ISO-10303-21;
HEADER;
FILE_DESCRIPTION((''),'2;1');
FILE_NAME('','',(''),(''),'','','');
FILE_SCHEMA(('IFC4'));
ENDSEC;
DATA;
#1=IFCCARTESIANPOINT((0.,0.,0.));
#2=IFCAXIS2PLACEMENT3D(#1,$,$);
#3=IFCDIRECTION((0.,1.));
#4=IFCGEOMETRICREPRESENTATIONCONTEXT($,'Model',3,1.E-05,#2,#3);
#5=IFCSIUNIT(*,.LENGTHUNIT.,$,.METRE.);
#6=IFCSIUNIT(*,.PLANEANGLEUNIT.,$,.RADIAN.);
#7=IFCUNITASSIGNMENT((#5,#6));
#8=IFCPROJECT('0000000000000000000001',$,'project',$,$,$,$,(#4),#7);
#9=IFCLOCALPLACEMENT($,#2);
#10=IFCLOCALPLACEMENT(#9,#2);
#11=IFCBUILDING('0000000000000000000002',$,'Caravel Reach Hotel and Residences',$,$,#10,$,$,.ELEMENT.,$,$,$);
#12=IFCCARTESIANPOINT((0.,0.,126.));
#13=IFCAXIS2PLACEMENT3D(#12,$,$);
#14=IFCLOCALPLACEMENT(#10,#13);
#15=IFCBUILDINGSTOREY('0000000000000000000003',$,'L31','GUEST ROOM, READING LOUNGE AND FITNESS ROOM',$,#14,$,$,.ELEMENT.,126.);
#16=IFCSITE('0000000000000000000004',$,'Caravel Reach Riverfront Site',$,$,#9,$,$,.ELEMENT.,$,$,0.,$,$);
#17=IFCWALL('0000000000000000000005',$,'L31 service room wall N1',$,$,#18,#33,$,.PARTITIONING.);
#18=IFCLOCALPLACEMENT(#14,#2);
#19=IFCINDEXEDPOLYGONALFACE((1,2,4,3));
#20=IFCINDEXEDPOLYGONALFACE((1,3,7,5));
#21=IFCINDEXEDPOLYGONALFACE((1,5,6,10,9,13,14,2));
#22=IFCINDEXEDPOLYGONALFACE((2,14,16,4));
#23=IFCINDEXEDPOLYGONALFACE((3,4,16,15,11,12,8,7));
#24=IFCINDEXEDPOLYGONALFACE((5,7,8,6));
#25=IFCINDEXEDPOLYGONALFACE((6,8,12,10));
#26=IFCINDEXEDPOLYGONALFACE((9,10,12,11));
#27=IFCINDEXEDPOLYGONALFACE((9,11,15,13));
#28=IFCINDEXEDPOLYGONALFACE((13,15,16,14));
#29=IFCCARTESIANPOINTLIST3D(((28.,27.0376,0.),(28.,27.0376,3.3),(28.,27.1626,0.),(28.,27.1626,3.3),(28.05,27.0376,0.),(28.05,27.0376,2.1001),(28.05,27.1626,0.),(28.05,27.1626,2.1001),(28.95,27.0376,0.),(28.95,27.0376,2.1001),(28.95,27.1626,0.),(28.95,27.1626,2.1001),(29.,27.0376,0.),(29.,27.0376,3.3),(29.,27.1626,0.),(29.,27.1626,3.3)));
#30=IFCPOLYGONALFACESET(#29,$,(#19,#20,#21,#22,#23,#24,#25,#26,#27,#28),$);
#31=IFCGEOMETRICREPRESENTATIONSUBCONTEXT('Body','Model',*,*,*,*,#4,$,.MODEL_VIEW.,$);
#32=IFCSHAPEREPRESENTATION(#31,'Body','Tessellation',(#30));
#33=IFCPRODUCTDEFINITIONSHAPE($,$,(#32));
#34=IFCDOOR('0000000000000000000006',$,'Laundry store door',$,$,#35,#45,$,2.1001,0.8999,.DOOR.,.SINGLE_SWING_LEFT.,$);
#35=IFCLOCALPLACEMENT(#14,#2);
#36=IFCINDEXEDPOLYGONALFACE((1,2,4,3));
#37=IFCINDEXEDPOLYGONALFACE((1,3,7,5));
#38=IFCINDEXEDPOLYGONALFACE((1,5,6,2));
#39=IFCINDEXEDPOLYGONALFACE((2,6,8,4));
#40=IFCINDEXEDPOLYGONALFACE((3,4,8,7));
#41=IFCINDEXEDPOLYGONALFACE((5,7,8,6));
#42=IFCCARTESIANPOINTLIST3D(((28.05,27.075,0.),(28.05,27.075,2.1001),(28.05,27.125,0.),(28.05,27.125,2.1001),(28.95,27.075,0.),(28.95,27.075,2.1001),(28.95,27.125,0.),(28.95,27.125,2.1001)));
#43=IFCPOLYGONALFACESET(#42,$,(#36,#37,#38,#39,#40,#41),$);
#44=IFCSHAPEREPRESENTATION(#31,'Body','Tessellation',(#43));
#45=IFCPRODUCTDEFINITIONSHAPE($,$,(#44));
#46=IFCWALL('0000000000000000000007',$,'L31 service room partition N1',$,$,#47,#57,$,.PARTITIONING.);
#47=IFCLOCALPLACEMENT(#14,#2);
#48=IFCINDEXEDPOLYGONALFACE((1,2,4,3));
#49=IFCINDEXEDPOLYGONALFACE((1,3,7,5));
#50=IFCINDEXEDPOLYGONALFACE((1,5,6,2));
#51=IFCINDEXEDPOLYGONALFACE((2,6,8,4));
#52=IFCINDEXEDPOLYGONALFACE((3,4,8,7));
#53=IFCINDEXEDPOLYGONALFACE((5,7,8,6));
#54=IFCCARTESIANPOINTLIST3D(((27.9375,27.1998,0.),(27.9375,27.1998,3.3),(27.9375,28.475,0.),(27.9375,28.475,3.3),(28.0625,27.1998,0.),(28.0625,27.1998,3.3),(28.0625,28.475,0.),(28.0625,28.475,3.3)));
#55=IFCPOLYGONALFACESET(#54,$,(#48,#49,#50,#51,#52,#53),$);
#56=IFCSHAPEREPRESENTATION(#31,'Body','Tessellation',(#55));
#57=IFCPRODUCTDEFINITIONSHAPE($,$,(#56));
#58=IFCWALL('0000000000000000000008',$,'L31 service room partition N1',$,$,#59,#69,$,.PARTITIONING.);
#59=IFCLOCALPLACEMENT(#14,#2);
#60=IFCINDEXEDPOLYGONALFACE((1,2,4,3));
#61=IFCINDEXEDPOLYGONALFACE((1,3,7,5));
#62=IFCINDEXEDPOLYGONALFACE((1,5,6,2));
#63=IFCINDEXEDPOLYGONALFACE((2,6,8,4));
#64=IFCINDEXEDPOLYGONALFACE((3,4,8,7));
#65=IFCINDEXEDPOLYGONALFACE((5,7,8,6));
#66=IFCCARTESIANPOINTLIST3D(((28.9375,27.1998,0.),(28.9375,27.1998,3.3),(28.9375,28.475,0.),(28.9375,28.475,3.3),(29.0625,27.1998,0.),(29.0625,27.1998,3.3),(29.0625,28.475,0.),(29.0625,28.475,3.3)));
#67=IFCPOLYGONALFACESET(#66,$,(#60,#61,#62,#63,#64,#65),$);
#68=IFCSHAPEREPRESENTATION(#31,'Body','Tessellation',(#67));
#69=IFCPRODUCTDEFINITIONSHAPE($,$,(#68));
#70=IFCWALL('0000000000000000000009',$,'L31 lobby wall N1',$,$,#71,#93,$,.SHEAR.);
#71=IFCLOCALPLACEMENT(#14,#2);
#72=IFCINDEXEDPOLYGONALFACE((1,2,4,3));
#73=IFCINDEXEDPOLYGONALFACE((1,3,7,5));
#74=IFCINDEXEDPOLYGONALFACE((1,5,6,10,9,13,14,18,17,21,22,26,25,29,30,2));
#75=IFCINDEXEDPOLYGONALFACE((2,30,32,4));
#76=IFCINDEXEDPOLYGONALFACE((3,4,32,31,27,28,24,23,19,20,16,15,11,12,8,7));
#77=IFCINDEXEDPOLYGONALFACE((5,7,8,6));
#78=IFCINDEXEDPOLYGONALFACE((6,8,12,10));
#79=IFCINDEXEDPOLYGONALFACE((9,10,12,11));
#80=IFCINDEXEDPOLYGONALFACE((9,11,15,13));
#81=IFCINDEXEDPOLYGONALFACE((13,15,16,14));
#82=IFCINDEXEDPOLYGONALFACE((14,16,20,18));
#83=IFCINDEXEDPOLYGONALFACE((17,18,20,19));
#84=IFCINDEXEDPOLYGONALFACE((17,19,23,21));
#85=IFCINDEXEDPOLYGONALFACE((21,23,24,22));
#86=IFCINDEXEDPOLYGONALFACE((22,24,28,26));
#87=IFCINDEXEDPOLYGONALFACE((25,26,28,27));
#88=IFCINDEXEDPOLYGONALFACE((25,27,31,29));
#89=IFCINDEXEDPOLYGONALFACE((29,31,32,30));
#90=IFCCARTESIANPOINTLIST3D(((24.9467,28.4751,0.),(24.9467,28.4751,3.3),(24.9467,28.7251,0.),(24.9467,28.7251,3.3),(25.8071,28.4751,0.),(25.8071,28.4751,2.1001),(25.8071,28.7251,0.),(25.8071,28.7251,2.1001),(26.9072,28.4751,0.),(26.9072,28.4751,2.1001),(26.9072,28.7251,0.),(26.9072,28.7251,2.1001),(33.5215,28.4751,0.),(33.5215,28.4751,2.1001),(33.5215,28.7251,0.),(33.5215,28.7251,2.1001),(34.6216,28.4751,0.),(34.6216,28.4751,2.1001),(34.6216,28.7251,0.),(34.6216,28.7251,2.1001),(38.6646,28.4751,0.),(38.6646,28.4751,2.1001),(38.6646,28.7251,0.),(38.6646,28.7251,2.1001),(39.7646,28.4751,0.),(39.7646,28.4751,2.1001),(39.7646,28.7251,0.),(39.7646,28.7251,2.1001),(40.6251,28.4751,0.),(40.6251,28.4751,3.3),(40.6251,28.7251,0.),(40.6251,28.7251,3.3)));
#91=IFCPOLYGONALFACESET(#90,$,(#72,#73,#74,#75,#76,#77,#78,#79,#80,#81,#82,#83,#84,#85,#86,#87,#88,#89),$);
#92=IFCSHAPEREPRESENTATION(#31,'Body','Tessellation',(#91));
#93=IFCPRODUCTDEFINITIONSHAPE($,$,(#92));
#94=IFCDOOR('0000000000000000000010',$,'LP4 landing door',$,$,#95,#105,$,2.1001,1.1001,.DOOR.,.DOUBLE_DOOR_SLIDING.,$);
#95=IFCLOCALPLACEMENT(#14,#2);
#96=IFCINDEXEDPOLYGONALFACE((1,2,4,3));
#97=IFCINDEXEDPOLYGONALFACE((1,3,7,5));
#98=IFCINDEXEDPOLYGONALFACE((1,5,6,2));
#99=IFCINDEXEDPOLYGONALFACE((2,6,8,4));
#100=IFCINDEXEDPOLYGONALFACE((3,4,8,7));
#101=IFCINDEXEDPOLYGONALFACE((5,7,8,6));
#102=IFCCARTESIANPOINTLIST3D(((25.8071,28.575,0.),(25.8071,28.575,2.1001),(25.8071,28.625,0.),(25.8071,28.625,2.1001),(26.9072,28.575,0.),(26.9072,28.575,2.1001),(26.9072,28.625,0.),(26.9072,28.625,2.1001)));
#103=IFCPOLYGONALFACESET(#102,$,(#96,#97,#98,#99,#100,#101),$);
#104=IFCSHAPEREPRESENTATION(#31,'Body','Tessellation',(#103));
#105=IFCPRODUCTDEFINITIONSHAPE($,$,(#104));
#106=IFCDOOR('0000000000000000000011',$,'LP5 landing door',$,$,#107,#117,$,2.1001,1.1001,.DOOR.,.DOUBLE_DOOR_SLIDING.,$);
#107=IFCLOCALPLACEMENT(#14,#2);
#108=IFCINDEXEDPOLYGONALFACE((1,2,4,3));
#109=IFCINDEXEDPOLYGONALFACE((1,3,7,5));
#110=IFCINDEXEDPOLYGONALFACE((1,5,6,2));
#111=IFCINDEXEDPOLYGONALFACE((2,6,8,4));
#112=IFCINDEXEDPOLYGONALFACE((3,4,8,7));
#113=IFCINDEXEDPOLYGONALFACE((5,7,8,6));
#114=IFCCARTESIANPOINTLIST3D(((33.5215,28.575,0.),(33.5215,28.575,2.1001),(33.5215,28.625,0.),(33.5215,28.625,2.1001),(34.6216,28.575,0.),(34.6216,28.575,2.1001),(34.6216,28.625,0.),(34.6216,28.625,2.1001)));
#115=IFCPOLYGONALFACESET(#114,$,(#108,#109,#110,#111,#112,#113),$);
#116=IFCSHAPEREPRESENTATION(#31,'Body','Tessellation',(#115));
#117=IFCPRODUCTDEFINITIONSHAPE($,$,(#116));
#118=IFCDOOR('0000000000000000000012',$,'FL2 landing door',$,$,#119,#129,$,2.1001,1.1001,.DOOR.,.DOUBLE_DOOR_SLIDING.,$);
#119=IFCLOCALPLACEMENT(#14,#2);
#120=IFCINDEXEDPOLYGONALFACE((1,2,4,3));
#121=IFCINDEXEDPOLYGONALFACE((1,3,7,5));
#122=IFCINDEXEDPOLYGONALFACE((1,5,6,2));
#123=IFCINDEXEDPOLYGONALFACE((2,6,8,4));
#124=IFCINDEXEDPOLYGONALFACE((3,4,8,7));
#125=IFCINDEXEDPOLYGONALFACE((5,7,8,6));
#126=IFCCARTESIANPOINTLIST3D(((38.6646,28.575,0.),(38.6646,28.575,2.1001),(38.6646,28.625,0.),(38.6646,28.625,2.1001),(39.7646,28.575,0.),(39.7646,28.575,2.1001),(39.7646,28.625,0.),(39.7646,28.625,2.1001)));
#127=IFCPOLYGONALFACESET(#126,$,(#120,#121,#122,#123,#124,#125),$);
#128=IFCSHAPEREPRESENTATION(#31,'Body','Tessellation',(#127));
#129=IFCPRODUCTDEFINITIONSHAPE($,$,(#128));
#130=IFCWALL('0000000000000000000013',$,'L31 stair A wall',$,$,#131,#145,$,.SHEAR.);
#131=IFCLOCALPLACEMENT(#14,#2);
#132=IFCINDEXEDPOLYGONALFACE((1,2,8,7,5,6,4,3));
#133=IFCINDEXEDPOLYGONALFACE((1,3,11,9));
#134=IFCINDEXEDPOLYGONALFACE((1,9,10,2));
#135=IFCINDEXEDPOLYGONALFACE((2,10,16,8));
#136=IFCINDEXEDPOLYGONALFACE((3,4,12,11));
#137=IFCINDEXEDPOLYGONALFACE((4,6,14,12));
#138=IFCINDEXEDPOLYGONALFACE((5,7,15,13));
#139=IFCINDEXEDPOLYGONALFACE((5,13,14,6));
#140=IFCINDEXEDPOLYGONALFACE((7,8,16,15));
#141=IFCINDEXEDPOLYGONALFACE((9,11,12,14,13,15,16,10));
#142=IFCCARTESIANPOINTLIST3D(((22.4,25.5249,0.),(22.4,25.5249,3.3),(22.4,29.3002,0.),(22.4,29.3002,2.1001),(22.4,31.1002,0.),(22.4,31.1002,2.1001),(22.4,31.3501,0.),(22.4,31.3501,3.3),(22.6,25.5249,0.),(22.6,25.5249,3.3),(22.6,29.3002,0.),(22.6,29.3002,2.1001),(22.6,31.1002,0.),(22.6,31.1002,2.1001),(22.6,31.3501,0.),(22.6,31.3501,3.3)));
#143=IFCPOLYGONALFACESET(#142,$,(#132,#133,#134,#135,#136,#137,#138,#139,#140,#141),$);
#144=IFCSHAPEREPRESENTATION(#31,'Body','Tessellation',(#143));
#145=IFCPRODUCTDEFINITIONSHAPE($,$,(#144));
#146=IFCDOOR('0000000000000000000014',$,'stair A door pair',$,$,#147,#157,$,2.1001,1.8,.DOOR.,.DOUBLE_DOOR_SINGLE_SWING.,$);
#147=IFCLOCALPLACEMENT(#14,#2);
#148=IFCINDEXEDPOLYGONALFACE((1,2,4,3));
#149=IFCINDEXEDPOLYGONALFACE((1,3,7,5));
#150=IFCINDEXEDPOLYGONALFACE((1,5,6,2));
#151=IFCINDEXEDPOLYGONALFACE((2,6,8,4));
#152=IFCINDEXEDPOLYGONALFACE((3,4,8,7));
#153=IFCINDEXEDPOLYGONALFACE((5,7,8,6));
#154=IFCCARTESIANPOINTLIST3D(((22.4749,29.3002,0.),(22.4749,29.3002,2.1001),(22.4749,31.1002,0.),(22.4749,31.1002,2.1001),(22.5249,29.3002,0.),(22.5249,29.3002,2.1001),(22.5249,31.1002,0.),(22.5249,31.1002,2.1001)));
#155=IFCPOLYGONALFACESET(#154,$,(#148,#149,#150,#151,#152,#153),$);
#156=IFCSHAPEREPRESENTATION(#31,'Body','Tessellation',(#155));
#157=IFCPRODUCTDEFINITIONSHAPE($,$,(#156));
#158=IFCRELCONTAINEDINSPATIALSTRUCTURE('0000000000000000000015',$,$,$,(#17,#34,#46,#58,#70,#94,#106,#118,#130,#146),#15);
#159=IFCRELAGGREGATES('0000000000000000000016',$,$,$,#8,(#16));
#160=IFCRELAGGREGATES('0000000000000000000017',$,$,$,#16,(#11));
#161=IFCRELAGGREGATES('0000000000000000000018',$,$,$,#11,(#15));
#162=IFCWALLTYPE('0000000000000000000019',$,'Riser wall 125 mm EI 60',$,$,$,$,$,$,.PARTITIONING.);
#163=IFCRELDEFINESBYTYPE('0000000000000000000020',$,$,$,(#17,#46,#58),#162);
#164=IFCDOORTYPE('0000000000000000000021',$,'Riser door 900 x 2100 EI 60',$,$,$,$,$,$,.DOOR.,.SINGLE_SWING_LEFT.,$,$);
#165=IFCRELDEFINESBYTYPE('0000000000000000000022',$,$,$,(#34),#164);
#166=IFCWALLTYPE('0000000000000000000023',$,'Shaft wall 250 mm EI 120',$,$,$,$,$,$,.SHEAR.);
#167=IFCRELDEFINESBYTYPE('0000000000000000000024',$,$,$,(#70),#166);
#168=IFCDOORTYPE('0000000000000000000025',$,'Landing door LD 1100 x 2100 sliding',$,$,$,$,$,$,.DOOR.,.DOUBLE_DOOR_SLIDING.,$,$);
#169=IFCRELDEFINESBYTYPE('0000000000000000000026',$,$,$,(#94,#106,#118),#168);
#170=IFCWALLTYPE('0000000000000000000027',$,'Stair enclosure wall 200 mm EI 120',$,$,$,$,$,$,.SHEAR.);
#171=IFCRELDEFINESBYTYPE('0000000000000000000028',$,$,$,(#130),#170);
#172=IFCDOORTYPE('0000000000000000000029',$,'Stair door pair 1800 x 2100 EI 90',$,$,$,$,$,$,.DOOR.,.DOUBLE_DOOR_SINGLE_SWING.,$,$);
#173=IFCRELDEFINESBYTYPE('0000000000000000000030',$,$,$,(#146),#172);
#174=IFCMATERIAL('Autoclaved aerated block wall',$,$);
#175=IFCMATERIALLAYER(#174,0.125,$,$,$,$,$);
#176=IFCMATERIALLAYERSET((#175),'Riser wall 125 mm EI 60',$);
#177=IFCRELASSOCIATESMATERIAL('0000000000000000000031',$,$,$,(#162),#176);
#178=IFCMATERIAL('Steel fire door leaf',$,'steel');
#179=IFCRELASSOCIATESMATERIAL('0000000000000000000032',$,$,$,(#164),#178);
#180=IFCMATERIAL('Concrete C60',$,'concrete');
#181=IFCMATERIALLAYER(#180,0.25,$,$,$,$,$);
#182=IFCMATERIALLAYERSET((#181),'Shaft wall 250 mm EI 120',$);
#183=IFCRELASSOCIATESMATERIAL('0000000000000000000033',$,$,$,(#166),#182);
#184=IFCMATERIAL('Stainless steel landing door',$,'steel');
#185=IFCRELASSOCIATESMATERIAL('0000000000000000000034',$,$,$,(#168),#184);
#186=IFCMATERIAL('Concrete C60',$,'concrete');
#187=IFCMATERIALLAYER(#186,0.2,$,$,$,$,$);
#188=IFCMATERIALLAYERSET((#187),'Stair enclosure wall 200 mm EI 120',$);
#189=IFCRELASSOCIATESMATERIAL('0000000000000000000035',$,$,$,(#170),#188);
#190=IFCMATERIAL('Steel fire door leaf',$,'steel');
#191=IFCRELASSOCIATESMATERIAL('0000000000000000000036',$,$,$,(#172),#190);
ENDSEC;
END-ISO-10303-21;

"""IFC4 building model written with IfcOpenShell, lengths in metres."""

from ifc_helpers import new_model, si_unit, direction, frame, frame_2d, origin, place, context, subcontext, project, spatial, rectangle, extrude, material, layer, layer_set, type_object, element, fill, save


model = new_model("IFC4")

# Units and contexts
model_context = context("Model", 3, precision=1e-05, world=origin(), true_north=direction((0.0, 1.0)))
body_context = subcontext(model_context, "Body", "Model", "MODEL_VIEW")
ifc_project = project(units=[si_unit("LENGTHUNIT", "METRE"), si_unit("PLANEANGLEUNIT", "RADIAN")], contexts=[model_context])

# Site, building, storey
site_placement = place(None, origin())
site = spatial("IfcSite", under=ifc_project, at=site_placement, Name="Caravel Reach Riverfront Site", CompositionType="ELEMENT", RefElevation=0.0)
building_placement = place(site_placement, origin())
building = spatial("IfcBuilding", under=site, at=building_placement, Name="Caravel Reach Hotel and Residences", CompositionType="ELEMENT")
storey_placement = place(building_placement, frame((0.0, 0.0, 126.0)))
storey = spatial("IfcBuildingStorey", under=building, at=storey_placement, Name="L31", Description="GUEST ROOM, READING LOUNGE AND FITNESS ROOM", CompositionType="ELEMENT", Elevation=126.0)

# Wall, opening, door
ifc_material_1 = material(Name="Autoclaved aerated block wall")
ifc_layer_1 = layer(ifc_material_1, 0.125)
ifc_layer_set_1 = layer_set([ifc_layer_1], Name="Riser wall 125 mm EI 60")
wall_type_1 = type_object("IfcWallType", Name="Riser wall 125 mm EI 60", PredefinedType="PARTITIONING", material=ifc_layer_set_1)
ifc_material_2 = material(Name="Steel fire door leaf", Category="steel")
door_type_1 = type_object("IfcDoorType", Name="Riser door 900 x 2100 EI 60", OperationType="SINGLE_SWING_LEFT", PredefinedType="DOOR", material=ifc_material_2)
wall_1_placement = place(storey_placement, frame((28.0, 27.1001, 0.0), z_axis=(0.0, 0.0, 1.0), x_axis=(1.0, 0.0, 0.0)))
wall_1 = element("IfcWall", 1, at=wall_1_placement, inside=storey, type_object=wall_type_1, Name="L31 service room wall N1", PredefinedType="PARTITIONING", context=body_context, shape_type="SweptSolid", body=[
    extrude(rectangle(XDim=1.0, YDim=0.125, at=frame_2d((0.5, 0.0))), origin(), (0.0, 0.0, 1.0), 3.3),
])
opening_1_placement = place(wall_1_placement, frame((0.05, 0.0, 0.0)))
opening_1 = element("IfcOpeningElement", 2, at=opening_1_placement, cuts=wall_1, PredefinedType="OPENING", context=body_context, shape_type="SweptSolid", body=[
    extrude(rectangle(XDim=0.8999, YDim=2.1001, at=frame_2d((0.45, 1.05))), frame((0.0, 0.0725, 0.0), z_axis=(0.0, -1.0, 0.0), x_axis=(1.0, 0.0, 0.0)), (0.0, 0.0, 1.0), 0.145),
])
door_1_placement = place(opening_1_placement, origin())
door_1 = element("IfcDoor", 3, at=door_1_placement, inside=storey, type_object=door_type_1, Name="Laundry store door", OperationType="SINGLE_SWING_LEFT", OverallHeight=2.1001, OverallWidth=0.8999, PredefinedType="DOOR", context=body_context, shape_type="SweptSolid", body=[
    extrude(rectangle(XDim=0.8999, YDim=2.1001, at=frame_2d((0.45, 1.05))), frame((0.0, 0.0249, 0.0), z_axis=(0.0, -1.0, 0.0), x_axis=(1.0, 0.0, 0.0)), (0.0, 0.0, 1.0), 0.05),
])
fill(opening_1, door_1)

# Walls
for number, where, z_axis, x_axis, name in (
    (4, (28.0, 28.4751, 0.0), (0.0, 0.0, 1.0), (0.0, -1.0, 0.0), "L31 service room partition N1"),
    (5, (29.0, 28.4751, 0.0), (0.0, 0.0, 1.0), (0.0, -1.0, 0.0), "L31 service room partition N1"),
):
    element("IfcWall", number, at=place(storey_placement, frame(where, z_axis=z_axis, x_axis=x_axis)), inside=storey, type_object=wall_type_1, Name=name, PredefinedType="PARTITIONING", context=body_context, shape_type="SweptSolid", body=[
        extrude(rectangle(XDim=1.2751, YDim=0.125, at=frame_2d((0.6377, 0.0))), origin(), (0.0, 0.0, 1.0), 3.3),
    ])

# Wall, openings, doors
ifc_material_3 = material(Name="Concrete C60", Category="concrete")
ifc_layer_2 = layer(ifc_material_3, 0.25)
ifc_layer_set_2 = layer_set([ifc_layer_2], Name="Shaft wall 250 mm EI 120")
wall_type_2 = type_object("IfcWallType", Name="Shaft wall 250 mm EI 120", PredefinedType="SHEAR", material=ifc_layer_set_2)
wall_2_placement = place(storey_placement, frame((24.9465, 28.6001, 0.0), z_axis=(0.0, 0.0, 1.0), x_axis=(1.0, 0.0, 0.0)))
wall_2 = element("IfcWall", 6, at=wall_2_placement, inside=storey, type_object=wall_type_2, Name="L31 lobby wall N1", PredefinedType="SHEAR", context=body_context, shape_type="SweptSolid", body=[
    extrude(rectangle(XDim=15.6785, YDim=0.25, at=frame_2d((7.8394, 0.0))), origin(), (0.0, 0.0, 1.0), 3.3),
])
opening_2_placement = place(wall_2_placement, frame((0.8606, 0.0, 0.0)))
opening_2 = element("IfcOpeningElement", 7, at=opening_2_placement, cuts=wall_2, PredefinedType="OPENING", context=body_context, shape_type="SweptSolid", body=[
    extrude(rectangle(XDim=1.1001, YDim=2.1001, at=frame_2d((0.55, 1.05))), frame((0.0, 0.135, 0.0), z_axis=(0.0, -1.0, 0.0), x_axis=(1.0, 0.0, 0.0)), (0.0, 0.0, 1.0), 0.27),
])
opening_3_placement = place(wall_2_placement, frame((8.575, 0.0, 0.0)))
opening_3 = element("IfcOpeningElement", 8, at=opening_3_placement, cuts=wall_2, PredefinedType="OPENING", context=body_context, shape_type="SweptSolid", body=[
    extrude(rectangle(XDim=1.1001, YDim=2.1001, at=frame_2d((0.55, 1.05))), frame((0.0, 0.135, 0.0), z_axis=(0.0, -1.0, 0.0), x_axis=(1.0, 0.0, 0.0)), (0.0, 0.0, 1.0), 0.27),
])
opening_4_placement = place(wall_2_placement, frame((13.718, 0.0, 0.0)))
opening_4 = element("IfcOpeningElement", 9, at=opening_4_placement, cuts=wall_2, PredefinedType="OPENING", context=body_context, shape_type="SweptSolid", body=[
    extrude(rectangle(XDim=1.1001, YDim=2.1001, at=frame_2d((0.55, 1.05))), frame((0.0, 0.135, 0.0), z_axis=(0.0, -1.0, 0.0), x_axis=(1.0, 0.0, 0.0)), (0.0, 0.0, 1.0), 0.27),
])
ifc_material_4 = material(Name="Stainless steel landing door", Category="steel")
door_type_2 = type_object("IfcDoorType", Name="Landing door LD 1100 x 2100 sliding", OperationType="DOUBLE_DOOR_SLIDING", PredefinedType="DOOR", material=ifc_material_4)
door_2_placement = place(opening_2_placement, origin())
door_2 = element("IfcDoor", 10, at=door_2_placement, inside=storey, type_object=door_type_2, Name="LP4 landing door", OperationType="DOUBLE_DOOR_SLIDING", OverallHeight=2.1001, OverallWidth=1.1001, PredefinedType="DOOR", context=body_context, shape_type="SweptSolid", body=[
    extrude(rectangle(XDim=1.1001, YDim=2.1001, at=frame_2d((0.55, 1.05))), frame((0.0, 0.0249, 0.0), z_axis=(0.0, -1.0, 0.0), x_axis=(1.0, 0.0, 0.0)), (0.0, 0.0, 1.0), 0.05),
])
fill(opening_2, door_2)
door_3_placement = place(opening_3_placement, origin())
door_3 = element("IfcDoor", 11, at=door_3_placement, inside=storey, type_object=door_type_2, Name="LP5 landing door", OperationType="DOUBLE_DOOR_SLIDING", OverallHeight=2.1001, OverallWidth=1.1001, PredefinedType="DOOR", context=body_context, shape_type="SweptSolid", body=[
    extrude(rectangle(XDim=1.1001, YDim=2.1001, at=frame_2d((0.55, 1.05))), frame((0.0, 0.0249, 0.0), z_axis=(0.0, -1.0, 0.0), x_axis=(1.0, 0.0, 0.0)), (0.0, 0.0, 1.0), 0.05),
])
fill(opening_3, door_3)
door_4_placement = place(opening_4_placement, origin())
door_4 = element("IfcDoor", 12, at=door_4_placement, inside=storey, type_object=door_type_2, Name="FL2 landing door", OperationType="DOUBLE_DOOR_SLIDING", OverallHeight=2.1001, OverallWidth=1.1001, PredefinedType="DOOR", context=body_context, shape_type="SweptSolid", body=[
    extrude(rectangle(XDim=1.1001, YDim=2.1001, at=frame_2d((0.55, 1.05))), frame((0.0, 0.0249, 0.0), z_axis=(0.0, -1.0, 0.0), x_axis=(1.0, 0.0, 0.0)), (0.0, 0.0, 1.0), 0.05),
])
fill(opening_4, door_4)

# Wall, opening, door
ifc_material_5 = material(Name="Concrete C60", Category="concrete")
ifc_layer_3 = layer(ifc_material_5, 0.2)
ifc_layer_set_3 = layer_set([ifc_layer_3], Name="Stair enclosure wall 200 mm EI 120")
wall_type_3 = type_object("IfcWallType", Name="Stair enclosure wall 200 mm EI 120", PredefinedType="SHEAR", material=ifc_layer_set_3)
wall_3_placement = place(storey_placement, frame((22.5, 31.3501, 0.0), z_axis=(0.0, 0.0, 1.0), x_axis=(0.0, -1.0, 0.0)))
wall_3 = element("IfcWall", 13, at=wall_3_placement, inside=storey, type_object=wall_type_3, Name="L31 stair A wall", PredefinedType="SHEAR", context=body_context, shape_type="SweptSolid", body=[
    extrude(rectangle(XDim=5.8252, YDim=0.2, at=frame_2d((2.9126, 0.0))), origin(), (0.0, 0.0, 1.0), 3.3),
])
opening_5_placement = place(wall_3_placement, frame((0.25, 0.0, 0.0)))
opening_5 = element("IfcOpeningElement", 14, at=opening_5_placement, cuts=wall_3, PredefinedType="OPENING", context=body_context, shape_type="SweptSolid", body=[
    extrude(rectangle(XDim=1.8, YDim=2.1001, at=frame_2d((0.8999, 1.05))), frame((0.0, 0.1099, 0.0), z_axis=(0.0, -1.0, 0.0), x_axis=(1.0, 0.0, 0.0)), (0.0, 0.0, 1.0), 0.22),
])
ifc_material_6 = material(Name="Steel fire door leaf", Category="steel")
door_type_3 = type_object("IfcDoorType", Name="Stair door pair 1800 x 2100 EI 90", OperationType="DOUBLE_DOOR_SINGLE_SWING", PredefinedType="DOOR", material=ifc_material_6)
door_5_placement = place(opening_5_placement, origin())
door_5 = element("IfcDoor", 15, at=door_5_placement, inside=storey, type_object=door_type_3, Name="stair A door pair", OperationType="DOUBLE_DOOR_SINGLE_SWING", OverallHeight=2.1001, OverallWidth=1.8, PredefinedType="DOOR", context=body_context, shape_type="SweptSolid", body=[
    extrude(rectangle(XDim=1.8, YDim=2.1001, at=frame_2d((0.8999, 1.05))), frame((0.0, 0.0249, 0.0), z_axis=(0.0, -1.0, 0.0), x_axis=(1.0, 0.0, 0.0)), (0.0, 0.0, 1.0), 0.05),
])
fill(opening_5, door_5)

save(model, "model.ifc")
